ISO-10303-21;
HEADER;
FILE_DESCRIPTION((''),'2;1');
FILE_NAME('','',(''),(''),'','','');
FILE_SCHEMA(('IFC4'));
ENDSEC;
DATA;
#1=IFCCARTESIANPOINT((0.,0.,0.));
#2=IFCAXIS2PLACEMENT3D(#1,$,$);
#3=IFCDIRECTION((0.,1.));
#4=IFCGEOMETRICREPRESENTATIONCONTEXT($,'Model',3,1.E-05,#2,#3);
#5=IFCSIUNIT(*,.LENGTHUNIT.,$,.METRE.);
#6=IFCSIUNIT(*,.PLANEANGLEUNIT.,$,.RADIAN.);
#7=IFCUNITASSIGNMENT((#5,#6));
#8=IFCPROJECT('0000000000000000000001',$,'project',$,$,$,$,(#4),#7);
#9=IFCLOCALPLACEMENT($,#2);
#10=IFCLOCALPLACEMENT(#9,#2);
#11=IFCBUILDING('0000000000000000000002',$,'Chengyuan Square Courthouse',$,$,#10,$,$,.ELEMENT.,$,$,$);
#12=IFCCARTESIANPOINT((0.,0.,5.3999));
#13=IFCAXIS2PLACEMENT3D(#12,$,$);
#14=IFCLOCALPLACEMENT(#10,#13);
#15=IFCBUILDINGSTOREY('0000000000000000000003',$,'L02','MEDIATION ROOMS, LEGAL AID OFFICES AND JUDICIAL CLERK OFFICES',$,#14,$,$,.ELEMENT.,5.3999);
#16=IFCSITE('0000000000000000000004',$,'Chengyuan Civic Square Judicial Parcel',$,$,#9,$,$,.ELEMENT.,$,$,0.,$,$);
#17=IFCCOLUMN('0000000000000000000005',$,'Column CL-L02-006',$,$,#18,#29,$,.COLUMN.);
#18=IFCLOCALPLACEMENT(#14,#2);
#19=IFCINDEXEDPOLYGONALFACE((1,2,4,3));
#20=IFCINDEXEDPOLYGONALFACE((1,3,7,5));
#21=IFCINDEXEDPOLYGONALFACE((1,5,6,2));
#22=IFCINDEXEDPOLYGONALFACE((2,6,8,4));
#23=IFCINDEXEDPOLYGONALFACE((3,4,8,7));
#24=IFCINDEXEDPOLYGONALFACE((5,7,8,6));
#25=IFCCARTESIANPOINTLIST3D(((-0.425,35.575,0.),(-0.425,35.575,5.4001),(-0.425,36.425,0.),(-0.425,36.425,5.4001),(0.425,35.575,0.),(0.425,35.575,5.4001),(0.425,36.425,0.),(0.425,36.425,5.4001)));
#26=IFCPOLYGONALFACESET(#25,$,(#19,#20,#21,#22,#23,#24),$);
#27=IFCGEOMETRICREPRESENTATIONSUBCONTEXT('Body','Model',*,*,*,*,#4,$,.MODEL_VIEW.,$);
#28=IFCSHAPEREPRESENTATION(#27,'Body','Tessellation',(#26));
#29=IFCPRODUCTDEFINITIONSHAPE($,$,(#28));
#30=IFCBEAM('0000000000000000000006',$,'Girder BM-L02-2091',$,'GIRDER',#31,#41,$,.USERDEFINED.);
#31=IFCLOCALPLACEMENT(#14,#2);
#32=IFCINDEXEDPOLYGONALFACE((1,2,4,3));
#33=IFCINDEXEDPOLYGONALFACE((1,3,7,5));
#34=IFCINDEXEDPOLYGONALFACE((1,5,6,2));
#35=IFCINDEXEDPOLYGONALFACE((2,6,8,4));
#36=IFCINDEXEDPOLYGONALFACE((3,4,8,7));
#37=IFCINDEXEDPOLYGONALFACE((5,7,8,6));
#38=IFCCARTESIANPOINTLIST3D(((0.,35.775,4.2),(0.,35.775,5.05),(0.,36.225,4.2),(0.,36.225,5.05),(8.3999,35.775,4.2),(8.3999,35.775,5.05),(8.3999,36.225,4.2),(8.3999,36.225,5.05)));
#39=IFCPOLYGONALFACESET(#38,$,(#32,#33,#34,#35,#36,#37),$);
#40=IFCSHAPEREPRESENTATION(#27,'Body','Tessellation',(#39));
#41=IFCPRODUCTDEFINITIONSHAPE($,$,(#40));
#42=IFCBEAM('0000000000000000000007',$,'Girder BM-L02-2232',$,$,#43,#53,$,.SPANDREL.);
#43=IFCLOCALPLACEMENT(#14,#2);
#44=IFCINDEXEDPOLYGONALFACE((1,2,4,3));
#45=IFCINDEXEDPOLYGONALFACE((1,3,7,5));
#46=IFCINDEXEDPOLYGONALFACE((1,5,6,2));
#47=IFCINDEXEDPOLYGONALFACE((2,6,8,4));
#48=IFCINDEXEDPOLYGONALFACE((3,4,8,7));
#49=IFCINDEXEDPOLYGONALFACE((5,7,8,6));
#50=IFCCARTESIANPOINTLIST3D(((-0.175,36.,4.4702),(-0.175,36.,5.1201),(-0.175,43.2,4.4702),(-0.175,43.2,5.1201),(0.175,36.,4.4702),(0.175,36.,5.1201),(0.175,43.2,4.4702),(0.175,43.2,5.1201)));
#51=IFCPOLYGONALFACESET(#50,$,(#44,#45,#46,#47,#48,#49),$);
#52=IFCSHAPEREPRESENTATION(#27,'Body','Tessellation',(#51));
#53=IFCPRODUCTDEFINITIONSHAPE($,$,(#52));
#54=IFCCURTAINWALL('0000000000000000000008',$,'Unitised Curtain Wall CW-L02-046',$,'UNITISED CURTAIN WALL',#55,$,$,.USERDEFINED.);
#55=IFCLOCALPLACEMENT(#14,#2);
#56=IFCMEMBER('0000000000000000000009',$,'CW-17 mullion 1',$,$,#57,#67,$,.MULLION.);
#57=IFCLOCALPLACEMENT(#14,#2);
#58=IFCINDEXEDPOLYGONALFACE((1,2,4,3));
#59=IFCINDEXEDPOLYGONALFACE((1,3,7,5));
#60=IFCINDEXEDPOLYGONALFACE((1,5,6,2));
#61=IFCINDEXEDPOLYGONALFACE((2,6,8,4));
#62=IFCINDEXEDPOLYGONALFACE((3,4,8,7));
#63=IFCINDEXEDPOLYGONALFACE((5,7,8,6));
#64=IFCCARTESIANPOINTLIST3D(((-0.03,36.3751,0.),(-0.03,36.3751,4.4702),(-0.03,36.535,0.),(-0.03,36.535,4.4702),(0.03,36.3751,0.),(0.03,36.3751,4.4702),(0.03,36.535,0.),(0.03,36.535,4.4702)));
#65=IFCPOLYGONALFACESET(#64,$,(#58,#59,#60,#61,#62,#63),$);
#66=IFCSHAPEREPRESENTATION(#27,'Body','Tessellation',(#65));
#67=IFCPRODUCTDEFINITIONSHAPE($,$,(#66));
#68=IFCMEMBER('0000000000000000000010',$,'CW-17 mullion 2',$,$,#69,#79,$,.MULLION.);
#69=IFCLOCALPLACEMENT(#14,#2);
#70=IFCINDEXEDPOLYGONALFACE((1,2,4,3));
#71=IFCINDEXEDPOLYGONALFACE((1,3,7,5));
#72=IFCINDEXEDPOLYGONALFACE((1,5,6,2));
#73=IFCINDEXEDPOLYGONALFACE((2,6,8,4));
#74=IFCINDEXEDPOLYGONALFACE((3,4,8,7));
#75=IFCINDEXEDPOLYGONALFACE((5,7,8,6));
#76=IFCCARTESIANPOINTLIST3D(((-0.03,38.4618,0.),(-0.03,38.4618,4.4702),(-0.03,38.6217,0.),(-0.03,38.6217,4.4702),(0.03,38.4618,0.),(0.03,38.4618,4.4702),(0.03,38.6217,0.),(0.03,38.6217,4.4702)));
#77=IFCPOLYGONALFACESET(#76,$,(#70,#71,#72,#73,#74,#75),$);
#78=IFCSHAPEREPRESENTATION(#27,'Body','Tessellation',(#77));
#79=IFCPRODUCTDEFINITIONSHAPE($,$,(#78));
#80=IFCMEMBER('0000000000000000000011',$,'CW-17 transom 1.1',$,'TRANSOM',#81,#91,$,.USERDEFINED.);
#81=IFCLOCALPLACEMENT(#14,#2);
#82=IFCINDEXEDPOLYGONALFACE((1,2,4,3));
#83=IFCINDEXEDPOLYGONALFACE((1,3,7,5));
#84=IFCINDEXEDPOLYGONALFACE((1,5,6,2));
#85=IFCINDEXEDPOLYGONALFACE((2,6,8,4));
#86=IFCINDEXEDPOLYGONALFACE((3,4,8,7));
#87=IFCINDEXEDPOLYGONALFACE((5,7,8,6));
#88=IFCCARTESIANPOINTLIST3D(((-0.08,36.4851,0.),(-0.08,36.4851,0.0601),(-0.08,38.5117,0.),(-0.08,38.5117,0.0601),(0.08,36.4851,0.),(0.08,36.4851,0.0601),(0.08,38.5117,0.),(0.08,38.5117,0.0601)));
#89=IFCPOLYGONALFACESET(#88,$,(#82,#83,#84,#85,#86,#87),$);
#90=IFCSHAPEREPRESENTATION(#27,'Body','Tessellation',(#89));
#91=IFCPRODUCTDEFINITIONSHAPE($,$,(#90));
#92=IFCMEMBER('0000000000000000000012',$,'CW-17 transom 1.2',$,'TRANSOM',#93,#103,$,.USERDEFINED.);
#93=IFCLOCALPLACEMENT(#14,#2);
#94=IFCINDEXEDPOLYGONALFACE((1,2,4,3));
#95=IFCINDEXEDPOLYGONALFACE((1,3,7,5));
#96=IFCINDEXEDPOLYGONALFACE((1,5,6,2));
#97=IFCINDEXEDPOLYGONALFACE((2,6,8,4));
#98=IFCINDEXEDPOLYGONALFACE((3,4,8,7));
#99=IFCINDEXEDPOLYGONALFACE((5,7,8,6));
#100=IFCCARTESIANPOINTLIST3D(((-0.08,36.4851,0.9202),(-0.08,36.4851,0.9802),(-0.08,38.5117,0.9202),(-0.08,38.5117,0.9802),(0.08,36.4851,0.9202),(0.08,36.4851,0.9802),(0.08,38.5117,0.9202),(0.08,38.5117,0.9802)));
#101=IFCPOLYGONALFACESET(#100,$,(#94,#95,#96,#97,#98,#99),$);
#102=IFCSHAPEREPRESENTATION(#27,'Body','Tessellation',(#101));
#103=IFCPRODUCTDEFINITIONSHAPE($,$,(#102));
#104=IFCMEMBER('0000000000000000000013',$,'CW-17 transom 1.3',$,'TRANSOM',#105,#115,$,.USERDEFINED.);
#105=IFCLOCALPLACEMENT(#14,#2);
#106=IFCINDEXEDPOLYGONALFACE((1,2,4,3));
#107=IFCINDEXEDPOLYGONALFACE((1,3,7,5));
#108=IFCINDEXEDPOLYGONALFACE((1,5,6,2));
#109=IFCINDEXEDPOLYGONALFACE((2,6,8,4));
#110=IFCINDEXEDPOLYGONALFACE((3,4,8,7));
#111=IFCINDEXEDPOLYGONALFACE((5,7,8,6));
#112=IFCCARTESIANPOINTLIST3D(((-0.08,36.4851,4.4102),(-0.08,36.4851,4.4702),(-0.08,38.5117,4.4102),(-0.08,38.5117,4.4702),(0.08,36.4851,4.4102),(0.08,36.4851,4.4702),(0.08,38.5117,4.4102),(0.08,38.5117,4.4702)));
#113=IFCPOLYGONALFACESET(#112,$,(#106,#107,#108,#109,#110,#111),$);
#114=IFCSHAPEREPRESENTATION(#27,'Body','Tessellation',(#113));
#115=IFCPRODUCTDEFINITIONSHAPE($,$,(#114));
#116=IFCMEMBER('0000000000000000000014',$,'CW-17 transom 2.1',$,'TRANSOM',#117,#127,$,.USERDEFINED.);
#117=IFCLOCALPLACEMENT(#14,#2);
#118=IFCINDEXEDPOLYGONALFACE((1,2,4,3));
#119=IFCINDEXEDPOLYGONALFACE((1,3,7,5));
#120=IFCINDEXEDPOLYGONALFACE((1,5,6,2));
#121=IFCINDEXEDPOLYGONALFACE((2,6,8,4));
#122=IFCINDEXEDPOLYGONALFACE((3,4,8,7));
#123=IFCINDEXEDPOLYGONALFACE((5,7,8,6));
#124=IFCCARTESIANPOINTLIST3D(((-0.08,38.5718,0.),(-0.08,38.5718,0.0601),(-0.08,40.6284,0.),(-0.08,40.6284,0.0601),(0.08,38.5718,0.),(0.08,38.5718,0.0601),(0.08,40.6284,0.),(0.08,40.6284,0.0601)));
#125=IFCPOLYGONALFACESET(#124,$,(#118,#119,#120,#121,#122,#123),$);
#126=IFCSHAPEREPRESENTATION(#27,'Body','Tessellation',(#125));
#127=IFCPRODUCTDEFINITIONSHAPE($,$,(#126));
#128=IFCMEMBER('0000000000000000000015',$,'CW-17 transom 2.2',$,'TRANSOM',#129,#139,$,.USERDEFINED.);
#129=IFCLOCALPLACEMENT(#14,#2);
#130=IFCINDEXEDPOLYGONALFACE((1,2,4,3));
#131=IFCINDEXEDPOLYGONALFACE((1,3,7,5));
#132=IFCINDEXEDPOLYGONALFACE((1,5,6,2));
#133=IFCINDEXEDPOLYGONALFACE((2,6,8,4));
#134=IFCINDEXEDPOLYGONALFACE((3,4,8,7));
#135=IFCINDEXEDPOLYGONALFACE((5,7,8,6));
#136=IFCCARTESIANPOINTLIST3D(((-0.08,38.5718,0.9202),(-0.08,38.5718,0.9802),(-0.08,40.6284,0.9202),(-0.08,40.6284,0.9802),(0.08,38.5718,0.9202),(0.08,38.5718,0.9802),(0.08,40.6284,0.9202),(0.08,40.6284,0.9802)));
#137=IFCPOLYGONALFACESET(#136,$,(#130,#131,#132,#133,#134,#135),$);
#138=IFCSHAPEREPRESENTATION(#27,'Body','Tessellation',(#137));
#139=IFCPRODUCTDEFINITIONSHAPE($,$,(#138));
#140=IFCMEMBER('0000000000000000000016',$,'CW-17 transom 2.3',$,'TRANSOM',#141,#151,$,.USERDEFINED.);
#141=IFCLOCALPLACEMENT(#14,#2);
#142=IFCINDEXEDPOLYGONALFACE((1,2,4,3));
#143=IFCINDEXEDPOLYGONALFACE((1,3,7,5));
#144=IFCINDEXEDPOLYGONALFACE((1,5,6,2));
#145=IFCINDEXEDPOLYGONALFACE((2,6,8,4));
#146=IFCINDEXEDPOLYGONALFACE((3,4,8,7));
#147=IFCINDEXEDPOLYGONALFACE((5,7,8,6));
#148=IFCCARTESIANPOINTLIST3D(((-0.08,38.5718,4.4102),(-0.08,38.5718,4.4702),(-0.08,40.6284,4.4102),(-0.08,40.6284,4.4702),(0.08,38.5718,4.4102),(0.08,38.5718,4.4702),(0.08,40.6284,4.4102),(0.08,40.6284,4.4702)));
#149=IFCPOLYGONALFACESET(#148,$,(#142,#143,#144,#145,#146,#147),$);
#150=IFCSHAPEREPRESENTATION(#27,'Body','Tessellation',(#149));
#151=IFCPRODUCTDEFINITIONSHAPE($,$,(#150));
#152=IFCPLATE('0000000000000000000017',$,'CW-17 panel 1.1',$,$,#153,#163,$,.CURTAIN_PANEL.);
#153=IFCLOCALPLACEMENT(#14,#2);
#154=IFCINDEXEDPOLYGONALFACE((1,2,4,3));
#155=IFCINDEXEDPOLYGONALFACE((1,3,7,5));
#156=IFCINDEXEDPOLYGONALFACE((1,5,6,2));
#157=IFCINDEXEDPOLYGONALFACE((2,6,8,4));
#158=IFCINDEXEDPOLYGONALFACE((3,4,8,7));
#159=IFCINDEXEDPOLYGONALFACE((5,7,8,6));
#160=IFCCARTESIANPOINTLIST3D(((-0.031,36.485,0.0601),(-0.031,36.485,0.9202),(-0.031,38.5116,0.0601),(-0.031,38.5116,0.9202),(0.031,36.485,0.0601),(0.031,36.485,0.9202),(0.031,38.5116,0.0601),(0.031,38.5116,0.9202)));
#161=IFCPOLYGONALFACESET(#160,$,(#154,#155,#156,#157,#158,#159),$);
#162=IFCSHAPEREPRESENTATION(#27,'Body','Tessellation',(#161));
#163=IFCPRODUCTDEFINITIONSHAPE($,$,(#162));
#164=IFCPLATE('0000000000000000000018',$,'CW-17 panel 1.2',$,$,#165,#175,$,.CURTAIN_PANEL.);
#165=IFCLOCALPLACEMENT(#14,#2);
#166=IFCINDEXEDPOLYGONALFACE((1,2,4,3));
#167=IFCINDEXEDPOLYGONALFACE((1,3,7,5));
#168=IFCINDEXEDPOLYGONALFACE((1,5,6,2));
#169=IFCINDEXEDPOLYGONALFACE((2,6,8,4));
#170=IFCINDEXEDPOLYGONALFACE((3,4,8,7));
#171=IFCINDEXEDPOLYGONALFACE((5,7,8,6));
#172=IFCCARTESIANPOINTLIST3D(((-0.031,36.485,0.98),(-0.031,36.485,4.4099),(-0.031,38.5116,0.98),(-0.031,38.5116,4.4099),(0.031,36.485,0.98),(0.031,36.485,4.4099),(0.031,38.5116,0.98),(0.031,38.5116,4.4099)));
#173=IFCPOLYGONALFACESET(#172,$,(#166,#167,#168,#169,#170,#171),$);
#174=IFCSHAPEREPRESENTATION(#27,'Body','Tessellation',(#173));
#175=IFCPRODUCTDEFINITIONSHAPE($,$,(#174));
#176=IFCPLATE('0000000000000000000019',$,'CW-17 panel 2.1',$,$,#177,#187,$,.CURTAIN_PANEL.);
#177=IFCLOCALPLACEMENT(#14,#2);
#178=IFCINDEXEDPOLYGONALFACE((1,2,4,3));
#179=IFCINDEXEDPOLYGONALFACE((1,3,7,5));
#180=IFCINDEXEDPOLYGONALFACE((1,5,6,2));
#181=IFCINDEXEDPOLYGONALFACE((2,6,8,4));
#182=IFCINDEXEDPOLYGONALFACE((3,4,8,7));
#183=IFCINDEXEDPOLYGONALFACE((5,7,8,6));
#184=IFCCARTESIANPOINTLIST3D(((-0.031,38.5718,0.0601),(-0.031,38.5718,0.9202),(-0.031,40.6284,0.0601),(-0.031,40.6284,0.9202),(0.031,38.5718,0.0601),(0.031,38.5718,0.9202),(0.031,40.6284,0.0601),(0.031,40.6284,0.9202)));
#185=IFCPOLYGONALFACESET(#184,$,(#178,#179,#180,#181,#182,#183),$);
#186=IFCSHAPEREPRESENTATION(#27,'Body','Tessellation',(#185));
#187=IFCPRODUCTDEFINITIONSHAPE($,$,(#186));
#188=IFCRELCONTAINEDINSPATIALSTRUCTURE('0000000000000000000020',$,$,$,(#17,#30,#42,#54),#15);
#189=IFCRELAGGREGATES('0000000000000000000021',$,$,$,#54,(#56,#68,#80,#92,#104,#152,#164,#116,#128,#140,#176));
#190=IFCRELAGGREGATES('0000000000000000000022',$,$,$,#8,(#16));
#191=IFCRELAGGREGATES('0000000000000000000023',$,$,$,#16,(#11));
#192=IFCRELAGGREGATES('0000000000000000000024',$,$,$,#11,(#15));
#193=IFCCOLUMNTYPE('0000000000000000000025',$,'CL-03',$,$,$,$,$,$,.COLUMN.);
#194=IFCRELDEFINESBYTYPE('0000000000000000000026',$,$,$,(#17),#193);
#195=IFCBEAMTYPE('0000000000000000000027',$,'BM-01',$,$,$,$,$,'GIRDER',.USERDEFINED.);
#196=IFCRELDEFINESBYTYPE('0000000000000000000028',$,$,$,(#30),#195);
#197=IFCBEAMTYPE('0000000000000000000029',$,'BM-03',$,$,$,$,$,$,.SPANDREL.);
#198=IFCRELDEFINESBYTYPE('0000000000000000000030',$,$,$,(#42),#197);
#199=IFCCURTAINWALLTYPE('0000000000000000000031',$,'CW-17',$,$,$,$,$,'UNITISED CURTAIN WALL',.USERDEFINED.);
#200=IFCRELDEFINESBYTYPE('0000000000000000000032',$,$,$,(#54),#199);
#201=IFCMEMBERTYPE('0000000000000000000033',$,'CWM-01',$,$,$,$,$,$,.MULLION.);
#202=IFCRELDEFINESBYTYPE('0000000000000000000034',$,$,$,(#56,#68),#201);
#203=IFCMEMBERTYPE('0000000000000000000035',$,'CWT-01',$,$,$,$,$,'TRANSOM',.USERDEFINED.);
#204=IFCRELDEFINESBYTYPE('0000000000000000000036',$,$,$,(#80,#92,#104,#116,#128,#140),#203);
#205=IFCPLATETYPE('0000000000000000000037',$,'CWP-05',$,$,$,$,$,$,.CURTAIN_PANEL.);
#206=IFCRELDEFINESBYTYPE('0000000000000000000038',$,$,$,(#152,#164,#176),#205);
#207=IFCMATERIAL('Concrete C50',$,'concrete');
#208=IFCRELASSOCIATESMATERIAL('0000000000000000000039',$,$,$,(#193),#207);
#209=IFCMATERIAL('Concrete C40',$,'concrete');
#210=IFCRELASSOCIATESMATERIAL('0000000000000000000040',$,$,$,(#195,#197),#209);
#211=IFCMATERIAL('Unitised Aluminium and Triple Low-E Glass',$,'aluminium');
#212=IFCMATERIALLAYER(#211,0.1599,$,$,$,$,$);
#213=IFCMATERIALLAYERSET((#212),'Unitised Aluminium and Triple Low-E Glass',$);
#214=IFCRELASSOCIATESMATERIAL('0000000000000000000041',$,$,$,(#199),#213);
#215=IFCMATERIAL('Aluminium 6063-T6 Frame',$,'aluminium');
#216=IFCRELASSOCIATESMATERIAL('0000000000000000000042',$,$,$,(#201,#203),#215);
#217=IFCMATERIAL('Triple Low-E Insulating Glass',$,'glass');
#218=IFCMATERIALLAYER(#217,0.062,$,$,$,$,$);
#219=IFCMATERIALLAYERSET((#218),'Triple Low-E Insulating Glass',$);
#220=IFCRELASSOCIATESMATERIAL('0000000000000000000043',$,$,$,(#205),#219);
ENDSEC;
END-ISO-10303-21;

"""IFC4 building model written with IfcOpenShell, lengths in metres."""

from ifc_helpers import new_model, si_unit, direction, frame, origin, origin_2d, place, context, subcontext, project, spatial, rectangle, extrude, material, layer, layer_set, material_profile, profile_set, type_object, element, aggregate, save


model = new_model("IFC4")

# Units and contexts
model_context = context("Model", 3, precision=1e-05, world=origin(), true_north=direction((0.0, 1.0)))
body_context = subcontext(model_context, "Body", "Model", "MODEL_VIEW")
ifc_project = project(units=[si_unit("LENGTHUNIT", "METRE"), si_unit("PLANEANGLEUNIT", "RADIAN")], contexts=[model_context])

# Site, building, storey
site_placement = place(None, origin())
site = spatial("IfcSite", under=ifc_project, at=site_placement, Name="Chengyuan Civic Square Judicial Parcel", CompositionType="ELEMENT", RefElevation=0.0)
building_placement = place(site_placement, origin())
building = spatial("IfcBuilding", under=site, at=building_placement, Name="Chengyuan Square Courthouse", CompositionType="ELEMENT")
storey_placement = place(building_placement, frame((0.0, 0.0, 5.3999)))
storey = spatial("IfcBuildingStorey", under=building, at=storey_placement, Name="L02", Description="MEDIATION ROOMS, LEGAL AID OFFICES AND JUDICIAL CLERK OFFICES", CompositionType="ELEMENT", Elevation=5.3999)

# Column
ifc_material_1 = material(Name="Concrete C50", Category="concrete")
ifc_material_profile_1 = material_profile(ifc_material_1, rectangle(XDim=0.8501, YDim=0.8501, at=origin_2d()), Name="RC-COL-850x850")
ifc_profile_set_1 = profile_set([ifc_material_profile_1], Name="Concrete C50")
column_type = type_object("IfcColumnType", Name="CL-03", PredefinedType="COLUMN", material=ifc_profile_set_1)
column_placement = place(storey_placement, frame((0.0, 36.0, 0.0), z_axis=(0.0, 0.0, 1.0), x_axis=(1.0, 0.0, 0.0)))
element("IfcColumn", 1, at=column_placement, inside=storey, type_object=column_type, Name="Column CL-L02-006", PredefinedType="COLUMN", context=body_context, shape_type="SweptSolid", body=[
    extrude(rectangle(XDim=0.8501, YDim=0.8501, at=origin_2d()), origin(), (0.0, 0.0, 1.0), 5.4001),
])

# Beams
ifc_material_2 = material(Name="Concrete C40", Category="concrete")
ifc_material_profile_2 = material_profile(ifc_material_2, rectangle(XDim=0.45, YDim=0.8501, at=origin_2d()), Name="RC-BM-450x850")
ifc_profile_set_2 = profile_set([ifc_material_profile_2], Name="Concrete C40")
beam_type_1 = type_object("IfcBeamType", Name="BM-01", ElementType="GIRDER", PredefinedType="USERDEFINED", material=ifc_profile_set_2)
beam_1_placement = place(storey_placement, frame((0.0, 36.0, 4.625), z_axis=(1.0, 0.0, 0.0), x_axis=(0.0, 1.0, 0.0)))
element("IfcBeam", 2, at=beam_1_placement, inside=storey, type_object=beam_type_1, Name="Girder BM-L02-2091", ObjectType="GIRDER", PredefinedType="USERDEFINED", context=body_context, shape_type="SweptSolid", body=[
    extrude(rectangle(XDim=0.45, YDim=0.8501, at=origin_2d()), origin(), (0.0, 0.0, 1.0), 8.3999),
])
ifc_material_profile_3 = material_profile(ifc_material_2, rectangle(XDim=0.3501, YDim=0.6499, at=origin_2d()), Name="RC-BM-350x650")
ifc_profile_set_3 = profile_set([ifc_material_profile_3], Name="Concrete C40")
beam_type_2 = type_object("IfcBeamType", Name="BM-03", PredefinedType="SPANDREL", material=ifc_profile_set_3)
beam_2_placement = place(storey_placement, frame((0.0, 36.0, 4.7952), z_axis=(0.0, 1.0, 0.0), x_axis=(-1.0, 0.0, 0.0)))
element("IfcBeam", 3, at=beam_2_placement, inside=storey, type_object=beam_type_2, Name="Girder BM-L02-2232", PredefinedType="SPANDREL", context=body_context, shape_type="SweptSolid", body=[
    extrude(rectangle(XDim=0.3501, YDim=0.6499, at=origin_2d()), origin(), (0.0, 0.0, 1.0), 7.2),
])

# Curtain wall, members, plates
ifc_material_3 = material(Name="Unitised Aluminium and Triple Low-E Glass", Category="aluminium")
ifc_layer_1 = layer(ifc_material_3, 0.1599)
ifc_layer_set_1 = layer_set([ifc_layer_1], Name="Unitised Aluminium and Triple Low-E Glass")
curtain_wall_type = type_object("IfcCurtainWallType", Name="CW-17", ElementType="UNITISED CURTAIN WALL", PredefinedType="USERDEFINED", material=ifc_layer_set_1)
curtain_wall_placement = place(storey_placement, origin())
curtain_wall = element("IfcCurtainWall", 4, at=curtain_wall_placement, inside=storey, type_object=curtain_wall_type, Name="Unitised Curtain Wall CW-L02-046", ObjectType="UNITISED CURTAIN WALL", PredefinedType="USERDEFINED")
ifc_material_4 = material(Name="Aluminium 6063-T6 Frame", Category="aluminium")
ifc_material_profile_4 = material_profile(ifc_material_4, rectangle(XDim=0.0601, YDim=0.1599, at=origin_2d()), Name="CW-MUL-60x160")
ifc_profile_set_4 = profile_set([ifc_material_profile_4], Name="Aluminium 6063-T6 Frame")
member_type_1 = type_object("IfcMemberType", Name="CWM-01", PredefinedType="MULLION", material=ifc_profile_set_4)
member_1_placement = place(storey_placement, frame((0.0, 36.4551, 0.0), z_axis=(0.0, 0.0, 1.0), x_axis=(-1.0, 0.0, 0.0)))
member_1 = element("IfcMember", 5, at=member_1_placement, type_object=member_type_1, Name="CW-17 mullion 1", PredefinedType="MULLION", context=body_context, shape_type="SweptSolid", body=[
    extrude(rectangle(XDim=0.0601, YDim=0.1599, at=origin_2d()), origin(), (0.0, 0.0, 1.0), 4.4702),
])
member_2_placement = place(storey_placement, frame((0.0, 38.5417, 0.0), z_axis=(0.0, 0.0, 1.0), x_axis=(-1.0, 0.0, 0.0)))
member_2 = element("IfcMember", 6, at=member_2_placement, type_object=member_type_1, Name="CW-17 mullion 2", PredefinedType="MULLION", context=body_context, shape_type="SweptSolid", body=[
    extrude(rectangle(XDim=0.0601, YDim=0.1599, at=origin_2d()), origin(), (0.0, 0.0, 1.0), 4.4702),
])
ifc_material_profile_5 = material_profile(ifc_material_4, rectangle(XDim=0.1599, YDim=0.0601, at=origin_2d()), Name="CW-TRN-60x120")
ifc_profile_set_5 = profile_set([ifc_material_profile_5], Name="Aluminium 6063-T6 Frame")
member_type_2 = type_object("IfcMemberType", Name="CWT-01", ElementType="TRANSOM", PredefinedType="USERDEFINED", material=ifc_profile_set_5)
member_3_placement = place(storey_placement, frame((0.0, 36.4851, 0.03), z_axis=(0.0, 1.0, 0.0), x_axis=(-1.0, 0.0, 0.0)))
member_3 = element("IfcMember", 7, at=member_3_placement, type_object=member_type_2, Name="CW-17 transom 1.1", ObjectType="TRANSOM", PredefinedType="USERDEFINED", context=body_context, shape_type="SweptSolid", body=[
    extrude(rectangle(XDim=0.1599, YDim=0.0601, at=origin_2d()), origin(), (0.0, 0.0, 1.0), 2.0266),
])
member_4_placement = place(storey_placement, frame((0.0, 36.4851, 0.9502), z_axis=(0.0, 1.0, 0.0), x_axis=(-1.0, 0.0, 0.0)))
member_4 = element("IfcMember", 8, at=member_4_placement, type_object=member_type_2, Name="CW-17 transom 1.2", ObjectType="TRANSOM", PredefinedType="USERDEFINED", context=body_context, shape_type="SweptSolid", body=[
    extrude(rectangle(XDim=0.1599, YDim=0.0601, at=origin_2d()), origin(), (0.0, 0.0, 1.0), 2.0266),
])
member_5_placement = place(storey_placement, frame((0.0, 36.4851, 4.4402), z_axis=(0.0, 1.0, 0.0), x_axis=(-1.0, 0.0, 0.0)))
member_5 = element("IfcMember", 9, at=member_5_placement, type_object=member_type_2, Name="CW-17 transom 1.3", ObjectType="TRANSOM", PredefinedType="USERDEFINED", context=body_context, shape_type="SweptSolid", body=[
    extrude(rectangle(XDim=0.1599, YDim=0.0601, at=origin_2d()), origin(), (0.0, 0.0, 1.0), 2.0266),
])
member_6_placement = place(storey_placement, frame((0.0, 38.5718, 0.03), z_axis=(0.0, 1.0, 0.0), x_axis=(-1.0, 0.0, 0.0)))
member_6 = element("IfcMember", 10, at=member_6_placement, type_object=member_type_2, Name="CW-17 transom 2.1", ObjectType="TRANSOM", PredefinedType="USERDEFINED", context=body_context, shape_type="SweptSolid", body=[
    extrude(rectangle(XDim=0.1599, YDim=0.0601, at=origin_2d()), origin(), (0.0, 0.0, 1.0), 2.0566),
])
member_7_placement = place(storey_placement, frame((0.0, 38.5718, 0.9502), z_axis=(0.0, 1.0, 0.0), x_axis=(-1.0, 0.0, 0.0)))
member_7 = element("IfcMember", 11, at=member_7_placement, type_object=member_type_2, Name="CW-17 transom 2.2", ObjectType="TRANSOM", PredefinedType="USERDEFINED", context=body_context, shape_type="SweptSolid", body=[
    extrude(rectangle(XDim=0.1599, YDim=0.0601, at=origin_2d()), origin(), (0.0, 0.0, 1.0), 2.0566),
])
member_8_placement = place(storey_placement, frame((0.0, 38.5718, 4.4402), z_axis=(0.0, 1.0, 0.0), x_axis=(-1.0, 0.0, 0.0)))
member_8 = element("IfcMember", 12, at=member_8_placement, type_object=member_type_2, Name="CW-17 transom 2.3", ObjectType="TRANSOM", PredefinedType="USERDEFINED", context=body_context, shape_type="SweptSolid", body=[
    extrude(rectangle(XDim=0.1599, YDim=0.0601, at=origin_2d()), origin(), (0.0, 0.0, 1.0), 2.0566),
])
ifc_material_5 = material(Name="Triple Low-E Insulating Glass", Category="glass")
ifc_layer_2 = layer(ifc_material_5, 0.062)
ifc_layer_set_2 = layer_set([ifc_layer_2], Name="Triple Low-E Insulating Glass")
plate_type = type_object("IfcPlateType", Name="CWP-05", PredefinedType="CURTAIN_PANEL", material=ifc_layer_set_2)
plate_1_placement = place(storey_placement, frame((0.0, 37.4983, 0.0601), z_axis=(0.0, 0.0, 1.0), x_axis=(0.0, 1.0, 0.0)))
plate_1 = element("IfcPlate", 13, at=plate_1_placement, type_object=plate_type, Name="CW-17 panel 1.1", PredefinedType="CURTAIN_PANEL", context=body_context, shape_type="SweptSolid", body=[
    extrude(rectangle(XDim=2.0266, YDim=0.062, at=origin_2d()), origin(), (0.0, 0.0, 1.0), 0.8601),
])
plate_2_placement = place(storey_placement, frame((0.0, 37.4983, 0.98), z_axis=(0.0, 0.0, 1.0), x_axis=(0.0, 1.0, 0.0)))
plate_2 = element("IfcPlate", 14, at=plate_2_placement, type_object=plate_type, Name="CW-17 panel 1.2", PredefinedType="CURTAIN_PANEL", context=body_context, shape_type="SweptSolid", body=[
    extrude(rectangle(XDim=2.0266, YDim=0.062, at=origin_2d()), origin(), (0.0, 0.0, 1.0), 3.4299),
])
plate_3_placement = place(storey_placement, frame((0.0, 39.6001, 0.0601), z_axis=(0.0, 0.0, 1.0), x_axis=(0.0, 1.0, 0.0)))
plate_3 = element("IfcPlate", 15, at=plate_3_placement, type_object=plate_type, Name="CW-17 panel 2.1", PredefinedType="CURTAIN_PANEL", context=body_context, shape_type="SweptSolid", body=[
    extrude(rectangle(XDim=2.0566, YDim=0.062, at=origin_2d()), origin(), (0.0, 0.0, 1.0), 0.8601),
])
aggregate(curtain_wall, [member_1, member_2, member_3, member_4, member_5, plate_1, plate_2, member_6, member_7, member_8, plate_3])

save(model, "model.ifc")
